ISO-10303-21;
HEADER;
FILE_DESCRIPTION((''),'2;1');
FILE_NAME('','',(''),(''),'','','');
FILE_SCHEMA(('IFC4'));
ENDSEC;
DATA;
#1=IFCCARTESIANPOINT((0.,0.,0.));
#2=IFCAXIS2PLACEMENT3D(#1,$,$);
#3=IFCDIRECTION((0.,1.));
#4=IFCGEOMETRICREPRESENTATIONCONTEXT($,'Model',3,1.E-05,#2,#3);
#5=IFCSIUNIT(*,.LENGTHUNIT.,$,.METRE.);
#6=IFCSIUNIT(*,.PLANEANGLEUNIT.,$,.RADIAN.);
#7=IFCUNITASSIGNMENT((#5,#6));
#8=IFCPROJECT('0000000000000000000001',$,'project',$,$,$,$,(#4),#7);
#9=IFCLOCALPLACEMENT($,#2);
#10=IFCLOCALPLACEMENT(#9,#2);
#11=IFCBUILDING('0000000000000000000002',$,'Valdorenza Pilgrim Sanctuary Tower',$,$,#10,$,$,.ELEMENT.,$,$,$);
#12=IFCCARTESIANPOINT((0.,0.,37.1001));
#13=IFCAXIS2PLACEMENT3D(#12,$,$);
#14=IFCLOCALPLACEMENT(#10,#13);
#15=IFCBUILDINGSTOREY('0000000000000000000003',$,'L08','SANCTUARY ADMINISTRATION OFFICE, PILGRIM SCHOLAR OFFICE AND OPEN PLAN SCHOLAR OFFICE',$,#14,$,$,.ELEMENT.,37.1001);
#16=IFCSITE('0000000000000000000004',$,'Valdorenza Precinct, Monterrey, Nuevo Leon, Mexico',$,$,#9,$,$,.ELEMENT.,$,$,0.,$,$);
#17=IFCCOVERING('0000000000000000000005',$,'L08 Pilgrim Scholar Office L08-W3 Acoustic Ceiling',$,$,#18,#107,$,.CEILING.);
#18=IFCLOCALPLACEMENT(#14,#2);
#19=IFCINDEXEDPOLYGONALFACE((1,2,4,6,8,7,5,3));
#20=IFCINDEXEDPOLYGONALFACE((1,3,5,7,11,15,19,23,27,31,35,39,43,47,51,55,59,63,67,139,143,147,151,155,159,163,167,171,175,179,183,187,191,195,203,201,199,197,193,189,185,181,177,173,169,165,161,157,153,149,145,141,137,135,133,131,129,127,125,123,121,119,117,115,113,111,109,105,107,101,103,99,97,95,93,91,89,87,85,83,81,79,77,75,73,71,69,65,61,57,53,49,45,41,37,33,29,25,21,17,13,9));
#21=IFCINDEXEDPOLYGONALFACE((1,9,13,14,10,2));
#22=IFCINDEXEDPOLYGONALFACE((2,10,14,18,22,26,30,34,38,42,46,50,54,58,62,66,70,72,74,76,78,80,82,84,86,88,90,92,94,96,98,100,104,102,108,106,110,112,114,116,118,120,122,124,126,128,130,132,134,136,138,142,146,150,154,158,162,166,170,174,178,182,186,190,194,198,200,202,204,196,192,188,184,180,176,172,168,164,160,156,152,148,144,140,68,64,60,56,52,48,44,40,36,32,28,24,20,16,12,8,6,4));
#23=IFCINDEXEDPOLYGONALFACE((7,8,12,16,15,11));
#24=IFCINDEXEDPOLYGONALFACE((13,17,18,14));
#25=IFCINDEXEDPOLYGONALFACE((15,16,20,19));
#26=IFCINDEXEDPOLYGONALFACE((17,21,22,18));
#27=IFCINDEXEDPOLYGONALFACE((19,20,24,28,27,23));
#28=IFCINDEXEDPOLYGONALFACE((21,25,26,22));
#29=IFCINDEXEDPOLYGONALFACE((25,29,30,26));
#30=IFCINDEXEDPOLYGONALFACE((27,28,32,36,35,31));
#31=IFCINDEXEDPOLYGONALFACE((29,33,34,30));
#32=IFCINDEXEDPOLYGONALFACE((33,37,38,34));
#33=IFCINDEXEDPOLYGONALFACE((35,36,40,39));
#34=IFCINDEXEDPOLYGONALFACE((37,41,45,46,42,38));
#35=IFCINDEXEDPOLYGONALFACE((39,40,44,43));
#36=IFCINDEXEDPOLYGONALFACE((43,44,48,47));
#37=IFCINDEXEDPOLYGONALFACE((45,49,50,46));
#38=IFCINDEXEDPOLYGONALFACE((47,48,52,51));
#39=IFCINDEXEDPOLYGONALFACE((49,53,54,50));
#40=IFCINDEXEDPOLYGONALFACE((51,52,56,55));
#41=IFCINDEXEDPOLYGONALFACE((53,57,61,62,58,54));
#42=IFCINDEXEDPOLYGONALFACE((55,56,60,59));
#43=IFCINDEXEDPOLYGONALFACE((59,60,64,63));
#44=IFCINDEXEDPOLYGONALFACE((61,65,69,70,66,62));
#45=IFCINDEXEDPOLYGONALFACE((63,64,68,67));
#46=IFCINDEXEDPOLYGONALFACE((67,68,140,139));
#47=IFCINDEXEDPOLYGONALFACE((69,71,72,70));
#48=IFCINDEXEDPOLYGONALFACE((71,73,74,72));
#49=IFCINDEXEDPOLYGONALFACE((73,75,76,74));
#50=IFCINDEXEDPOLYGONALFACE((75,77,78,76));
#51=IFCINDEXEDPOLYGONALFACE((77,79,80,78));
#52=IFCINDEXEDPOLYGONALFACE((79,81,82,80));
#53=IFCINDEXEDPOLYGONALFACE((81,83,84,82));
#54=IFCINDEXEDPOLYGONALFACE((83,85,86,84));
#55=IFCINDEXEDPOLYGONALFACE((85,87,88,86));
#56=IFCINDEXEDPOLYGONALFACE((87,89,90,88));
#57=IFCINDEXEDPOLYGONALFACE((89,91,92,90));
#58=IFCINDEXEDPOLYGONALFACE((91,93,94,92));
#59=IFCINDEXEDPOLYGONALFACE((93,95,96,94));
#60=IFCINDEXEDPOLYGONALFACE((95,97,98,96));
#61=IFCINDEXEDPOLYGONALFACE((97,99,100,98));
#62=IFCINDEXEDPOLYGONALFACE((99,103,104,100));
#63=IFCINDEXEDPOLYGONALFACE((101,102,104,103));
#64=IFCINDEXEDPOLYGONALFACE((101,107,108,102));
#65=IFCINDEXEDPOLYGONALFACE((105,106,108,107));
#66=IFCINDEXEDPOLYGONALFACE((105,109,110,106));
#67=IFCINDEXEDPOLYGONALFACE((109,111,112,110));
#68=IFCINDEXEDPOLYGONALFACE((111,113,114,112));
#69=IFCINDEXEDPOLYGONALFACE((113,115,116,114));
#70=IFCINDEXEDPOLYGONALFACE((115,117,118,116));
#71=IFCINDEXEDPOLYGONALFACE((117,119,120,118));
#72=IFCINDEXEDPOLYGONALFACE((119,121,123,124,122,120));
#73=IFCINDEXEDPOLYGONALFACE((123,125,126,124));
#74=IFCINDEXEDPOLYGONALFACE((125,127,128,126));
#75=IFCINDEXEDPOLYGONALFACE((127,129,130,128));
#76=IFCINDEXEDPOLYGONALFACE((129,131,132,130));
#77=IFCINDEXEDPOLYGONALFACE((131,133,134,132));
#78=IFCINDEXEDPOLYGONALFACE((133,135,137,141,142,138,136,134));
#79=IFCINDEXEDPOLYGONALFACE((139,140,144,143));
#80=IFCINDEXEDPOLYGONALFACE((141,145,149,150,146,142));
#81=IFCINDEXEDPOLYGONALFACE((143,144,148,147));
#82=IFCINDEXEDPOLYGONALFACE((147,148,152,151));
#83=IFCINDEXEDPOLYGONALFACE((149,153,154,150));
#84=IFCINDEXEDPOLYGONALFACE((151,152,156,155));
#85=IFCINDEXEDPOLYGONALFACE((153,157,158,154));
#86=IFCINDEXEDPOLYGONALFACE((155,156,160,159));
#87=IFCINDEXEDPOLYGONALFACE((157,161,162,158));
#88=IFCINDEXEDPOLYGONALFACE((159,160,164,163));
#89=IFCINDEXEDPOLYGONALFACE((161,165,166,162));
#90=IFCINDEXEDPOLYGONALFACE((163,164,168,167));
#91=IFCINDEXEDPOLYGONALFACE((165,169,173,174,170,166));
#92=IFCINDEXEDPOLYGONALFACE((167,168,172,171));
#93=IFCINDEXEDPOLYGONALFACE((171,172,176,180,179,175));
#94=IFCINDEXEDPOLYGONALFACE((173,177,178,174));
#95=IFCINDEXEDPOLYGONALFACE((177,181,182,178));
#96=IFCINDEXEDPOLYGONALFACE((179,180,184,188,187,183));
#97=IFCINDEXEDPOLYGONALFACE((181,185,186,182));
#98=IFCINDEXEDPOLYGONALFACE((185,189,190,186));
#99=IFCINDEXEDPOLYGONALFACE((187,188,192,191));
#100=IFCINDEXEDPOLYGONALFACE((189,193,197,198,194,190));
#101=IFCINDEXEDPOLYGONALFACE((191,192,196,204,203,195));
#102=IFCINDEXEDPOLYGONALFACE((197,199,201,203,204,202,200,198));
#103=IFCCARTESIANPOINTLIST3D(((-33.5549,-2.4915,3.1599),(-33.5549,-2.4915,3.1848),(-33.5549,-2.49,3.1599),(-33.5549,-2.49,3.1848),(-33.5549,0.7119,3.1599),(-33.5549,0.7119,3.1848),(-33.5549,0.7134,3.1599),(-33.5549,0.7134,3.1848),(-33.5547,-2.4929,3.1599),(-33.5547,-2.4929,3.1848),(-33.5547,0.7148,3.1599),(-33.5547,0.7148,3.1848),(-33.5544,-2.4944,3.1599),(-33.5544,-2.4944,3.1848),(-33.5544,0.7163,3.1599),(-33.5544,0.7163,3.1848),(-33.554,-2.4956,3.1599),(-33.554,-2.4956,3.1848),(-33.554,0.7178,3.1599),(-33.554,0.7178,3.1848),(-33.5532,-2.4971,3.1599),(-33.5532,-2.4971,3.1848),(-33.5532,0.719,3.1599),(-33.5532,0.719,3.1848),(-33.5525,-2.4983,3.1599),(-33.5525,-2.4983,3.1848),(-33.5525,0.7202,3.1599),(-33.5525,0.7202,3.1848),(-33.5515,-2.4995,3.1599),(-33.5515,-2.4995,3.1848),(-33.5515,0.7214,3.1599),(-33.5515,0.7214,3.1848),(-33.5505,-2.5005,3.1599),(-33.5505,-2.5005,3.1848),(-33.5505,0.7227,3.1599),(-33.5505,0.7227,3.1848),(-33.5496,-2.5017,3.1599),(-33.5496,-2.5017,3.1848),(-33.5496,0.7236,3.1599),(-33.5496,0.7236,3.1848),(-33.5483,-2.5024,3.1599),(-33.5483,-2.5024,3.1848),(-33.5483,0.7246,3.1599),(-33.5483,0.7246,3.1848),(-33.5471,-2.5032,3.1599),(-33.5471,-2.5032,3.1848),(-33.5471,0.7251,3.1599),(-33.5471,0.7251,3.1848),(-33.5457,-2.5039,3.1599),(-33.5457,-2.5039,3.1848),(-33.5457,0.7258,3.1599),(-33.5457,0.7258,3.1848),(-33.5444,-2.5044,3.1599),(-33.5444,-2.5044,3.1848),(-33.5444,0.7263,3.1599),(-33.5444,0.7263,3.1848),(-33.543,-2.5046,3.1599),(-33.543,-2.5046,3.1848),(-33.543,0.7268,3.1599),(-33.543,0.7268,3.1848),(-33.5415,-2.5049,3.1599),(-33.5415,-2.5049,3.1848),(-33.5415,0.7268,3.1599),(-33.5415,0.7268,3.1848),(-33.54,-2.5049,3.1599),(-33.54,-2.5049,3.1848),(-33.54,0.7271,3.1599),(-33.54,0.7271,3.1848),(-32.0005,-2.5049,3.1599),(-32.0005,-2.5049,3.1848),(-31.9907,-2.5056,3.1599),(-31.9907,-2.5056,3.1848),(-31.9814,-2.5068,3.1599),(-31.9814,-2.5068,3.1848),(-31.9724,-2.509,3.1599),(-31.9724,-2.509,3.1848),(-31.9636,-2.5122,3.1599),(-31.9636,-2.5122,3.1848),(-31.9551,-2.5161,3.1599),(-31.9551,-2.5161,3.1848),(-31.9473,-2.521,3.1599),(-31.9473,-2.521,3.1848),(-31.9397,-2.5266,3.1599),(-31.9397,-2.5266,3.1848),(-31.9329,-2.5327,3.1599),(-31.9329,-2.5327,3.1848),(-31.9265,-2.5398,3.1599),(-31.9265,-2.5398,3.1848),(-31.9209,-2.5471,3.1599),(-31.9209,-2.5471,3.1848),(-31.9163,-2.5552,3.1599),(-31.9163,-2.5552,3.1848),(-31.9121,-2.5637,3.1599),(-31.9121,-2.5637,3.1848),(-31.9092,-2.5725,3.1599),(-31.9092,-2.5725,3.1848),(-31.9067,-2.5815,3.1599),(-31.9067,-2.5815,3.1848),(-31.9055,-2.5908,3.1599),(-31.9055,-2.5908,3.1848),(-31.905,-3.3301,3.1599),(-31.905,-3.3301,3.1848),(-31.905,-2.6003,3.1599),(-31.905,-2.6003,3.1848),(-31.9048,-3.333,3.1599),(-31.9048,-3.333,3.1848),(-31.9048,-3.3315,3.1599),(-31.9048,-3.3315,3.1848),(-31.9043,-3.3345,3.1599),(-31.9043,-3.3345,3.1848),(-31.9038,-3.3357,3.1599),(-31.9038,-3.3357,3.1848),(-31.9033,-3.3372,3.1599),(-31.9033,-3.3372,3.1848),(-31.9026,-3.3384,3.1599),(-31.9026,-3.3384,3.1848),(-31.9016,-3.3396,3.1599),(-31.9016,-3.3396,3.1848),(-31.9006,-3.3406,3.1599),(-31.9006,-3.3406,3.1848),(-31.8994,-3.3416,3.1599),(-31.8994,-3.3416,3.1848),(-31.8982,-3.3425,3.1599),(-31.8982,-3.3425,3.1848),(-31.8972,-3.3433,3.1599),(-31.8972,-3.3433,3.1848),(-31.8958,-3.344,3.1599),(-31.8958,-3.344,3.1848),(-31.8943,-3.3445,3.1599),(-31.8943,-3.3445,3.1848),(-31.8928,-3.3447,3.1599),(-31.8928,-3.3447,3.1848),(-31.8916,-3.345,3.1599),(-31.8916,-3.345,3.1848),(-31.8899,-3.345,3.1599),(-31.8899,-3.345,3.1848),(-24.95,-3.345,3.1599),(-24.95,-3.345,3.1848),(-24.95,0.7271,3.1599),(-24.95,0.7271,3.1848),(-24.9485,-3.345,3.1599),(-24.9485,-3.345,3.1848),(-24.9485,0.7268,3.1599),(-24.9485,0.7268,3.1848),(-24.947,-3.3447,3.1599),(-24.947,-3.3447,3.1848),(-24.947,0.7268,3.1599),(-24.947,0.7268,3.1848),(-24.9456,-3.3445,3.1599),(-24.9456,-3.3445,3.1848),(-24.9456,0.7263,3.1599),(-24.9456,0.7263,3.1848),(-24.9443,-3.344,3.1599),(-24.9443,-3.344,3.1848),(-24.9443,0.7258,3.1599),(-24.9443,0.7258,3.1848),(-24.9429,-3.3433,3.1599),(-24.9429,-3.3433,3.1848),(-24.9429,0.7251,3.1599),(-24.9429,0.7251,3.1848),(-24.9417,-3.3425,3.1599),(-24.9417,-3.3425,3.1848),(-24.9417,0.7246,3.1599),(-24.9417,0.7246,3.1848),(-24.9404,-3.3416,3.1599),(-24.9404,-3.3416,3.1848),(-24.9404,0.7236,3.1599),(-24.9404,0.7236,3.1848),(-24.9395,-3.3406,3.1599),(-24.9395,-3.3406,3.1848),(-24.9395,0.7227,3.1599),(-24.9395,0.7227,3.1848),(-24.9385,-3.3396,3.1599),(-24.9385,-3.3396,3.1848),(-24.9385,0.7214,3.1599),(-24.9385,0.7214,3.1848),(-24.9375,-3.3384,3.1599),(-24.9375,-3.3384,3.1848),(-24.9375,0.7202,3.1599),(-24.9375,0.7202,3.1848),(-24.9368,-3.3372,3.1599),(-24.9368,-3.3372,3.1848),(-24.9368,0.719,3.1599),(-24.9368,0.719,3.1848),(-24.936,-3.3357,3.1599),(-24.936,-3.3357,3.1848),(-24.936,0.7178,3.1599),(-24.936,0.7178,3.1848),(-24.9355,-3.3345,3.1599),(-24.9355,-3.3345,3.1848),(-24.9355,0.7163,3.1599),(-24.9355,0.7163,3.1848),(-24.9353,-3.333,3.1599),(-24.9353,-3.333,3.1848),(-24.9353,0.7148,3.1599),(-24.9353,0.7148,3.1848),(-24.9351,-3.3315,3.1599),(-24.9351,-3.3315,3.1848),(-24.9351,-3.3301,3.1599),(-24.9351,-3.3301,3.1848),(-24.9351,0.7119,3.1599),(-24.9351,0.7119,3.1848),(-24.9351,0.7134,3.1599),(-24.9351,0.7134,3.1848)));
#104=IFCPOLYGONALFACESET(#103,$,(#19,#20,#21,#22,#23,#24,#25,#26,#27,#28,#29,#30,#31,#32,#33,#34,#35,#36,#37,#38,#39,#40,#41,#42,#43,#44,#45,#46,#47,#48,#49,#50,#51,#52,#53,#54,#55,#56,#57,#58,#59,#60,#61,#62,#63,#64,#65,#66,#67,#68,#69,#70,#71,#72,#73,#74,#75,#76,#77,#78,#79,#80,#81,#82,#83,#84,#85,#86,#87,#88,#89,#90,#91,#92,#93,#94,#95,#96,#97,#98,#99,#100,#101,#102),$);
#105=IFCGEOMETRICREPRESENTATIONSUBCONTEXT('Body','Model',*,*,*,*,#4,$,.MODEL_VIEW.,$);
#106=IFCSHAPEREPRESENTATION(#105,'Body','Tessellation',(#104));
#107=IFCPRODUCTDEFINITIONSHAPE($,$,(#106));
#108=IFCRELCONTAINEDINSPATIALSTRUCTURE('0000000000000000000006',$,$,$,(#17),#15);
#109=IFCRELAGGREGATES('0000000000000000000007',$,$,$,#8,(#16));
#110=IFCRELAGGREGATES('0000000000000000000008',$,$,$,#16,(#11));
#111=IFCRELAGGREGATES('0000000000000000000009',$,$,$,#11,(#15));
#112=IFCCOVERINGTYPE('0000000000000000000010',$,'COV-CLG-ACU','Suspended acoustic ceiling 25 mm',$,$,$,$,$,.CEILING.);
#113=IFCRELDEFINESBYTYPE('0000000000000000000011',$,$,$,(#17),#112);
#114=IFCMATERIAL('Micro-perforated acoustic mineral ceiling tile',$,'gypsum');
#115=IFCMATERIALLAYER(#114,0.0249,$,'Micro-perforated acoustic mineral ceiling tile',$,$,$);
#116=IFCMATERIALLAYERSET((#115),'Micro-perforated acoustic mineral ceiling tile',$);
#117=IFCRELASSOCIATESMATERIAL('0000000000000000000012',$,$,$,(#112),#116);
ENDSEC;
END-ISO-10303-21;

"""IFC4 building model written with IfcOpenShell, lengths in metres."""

from ifc_helpers import new_model, si_unit, direction, frame, origin, place, context, subcontext, project, spatial, polyline, outline, extrude, material, layer, layer_set, type_object, element, save


model = new_model("IFC4")

# Units and contexts
model_context = context("Model", 3, precision=1e-05, world=origin(), true_north=direction((0.0, 1.0)))
body_context = subcontext(model_context, "Body", "Model", "MODEL_VIEW")
ifc_project = project(units=[si_unit("LENGTHUNIT", "METRE"), si_unit("PLANEANGLEUNIT", "RADIAN")], contexts=[model_context])

# Site, building, storey
site_placement = place(None, origin())
site = spatial("IfcSite", under=ifc_project, at=site_placement, Name="Valdorenza Precinct, Monterrey, Nuevo Leon, Mexico", CompositionType="ELEMENT", RefElevation=0.0)
building_placement = place(site_placement, origin())
building = spatial("IfcBuilding", under=site, at=building_placement, Name="Valdorenza Pilgrim Sanctuary Tower", CompositionType="ELEMENT")
storey_placement = place(building_placement, frame((0.0, 0.0, 37.1001)))
storey = spatial("IfcBuildingStorey", under=building, at=storey_placement, Name="L08", Description="SANCTUARY ADMINISTRATION OFFICE, PILGRIM SCHOLAR OFFICE AND OPEN PLAN SCHOLAR OFFICE", CompositionType="ELEMENT", Elevation=37.1001)

# Covering
ifc_material_1 = material(Name="Micro-perforated acoustic mineral ceiling tile", Category="gypsum")
ifc_layer_1 = layer(ifc_material_1, 0.0249, Name="Micro-perforated acoustic mineral ceiling tile")
ifc_layer_set_1 = layer_set([ifc_layer_1], Name="Micro-perforated acoustic mineral ceiling tile")
covering_type_1 = type_object("IfcCoveringType", Name="COV-CLG-ACU", Description="Suspended acoustic ceiling 25 mm", PredefinedType="CEILING", material=ifc_layer_set_1)
covering_1_placement = place(storey_placement, frame((0.0, 0.0, 3.1599)))
element("IfcCovering", 1, at=covering_1_placement, inside=storey, type_object=covering_type_1, Name="L08 Pilgrim Scholar Office L08-W3 Acoustic Ceiling", PredefinedType="CEILING", context=body_context, shape_type="SweptSolid", body=[
    extrude(outline(polyline([(-24.9351, -3.3301), (-24.9351, -3.3315), (-24.9353, -3.333), (-24.9355, -3.3345), (-24.936, -3.3357), (-24.9368, -3.3372), (-24.9375, -3.3384), (-24.9385, -3.3396), (-24.9395, -3.3406), (-24.9404, -3.3416), (-24.9417, -3.3425), (-24.9429, -3.3433), (-24.9443, -3.344), (-24.9456, -3.3445), (-24.947, -3.3447), (-24.9485, -3.345), (-24.95, -3.345), (-31.8899, -3.345), (-31.8916, -3.345), (-31.8928, -3.3447), (-31.8943, -3.3445), (-31.8958, -3.344), (-31.8972, -3.3433), (-31.8982, -3.3425), (-31.8994, -3.3416), (-31.9006, -3.3406), (-31.9016, -3.3396), (-31.9026, -3.3384), (-31.9033, -3.3372), (-31.9038, -3.3357), (-31.9043, -3.3345), (-31.9048, -3.333), (-31.9048, -3.3315), (-31.905, -3.3301), (-31.905, -2.6003), (-31.9055, -2.5908), (-31.9067, -2.5815), (-31.9092, -2.5725), (-31.9121, -2.5637), (-31.9163, -2.5552), (-31.9209, -2.5471), (-31.9265, -2.5398), (-31.9329, -2.5327), (-31.9397, -2.5266), (-31.9473, -2.521), (-31.9551, -2.5161), (-31.9636, -2.5122), (-31.9724, -2.509), (-31.9814, -2.5068), (-31.9907, -2.5056), (-32.0005, -2.5049), (-33.54, -2.5049), (-33.5415, -2.5049), (-33.543, -2.5046), (-33.5444, -2.5044), (-33.5457, -2.5039), (-33.5471, -2.5032), (-33.5483, -2.5024), (-33.5496, -2.5017), (-33.5505, -2.5005), (-33.5515, -2.4995), (-33.5525, -2.4983), (-33.5532, -2.4971), (-33.554, -2.4956), (-33.5544, -2.4944), (-33.5547, -2.4929), (-33.5549, -2.4915), (-33.5549, -2.49), (-33.5549, 0.7119), (-33.5549, 0.7134), (-33.5547, 0.7148), (-33.5544, 0.7163), (-33.554, 0.7178), (-33.5532, 0.719), (-33.5525, 0.7202), (-33.5515, 0.7214), (-33.5505, 0.7227), (-33.5496, 0.7236), (-33.5483, 0.7246), (-33.5471, 0.7251), (-33.5457, 0.7258), (-33.5444, 0.7263), (-33.543, 0.7268), (-33.5415, 0.7268), (-33.54, 0.7271), (-24.95, 0.7271), (-24.9485, 0.7268), (-24.947, 0.7268), (-24.9456, 0.7263), (-24.9443, 0.7258), (-24.9429, 0.7251), (-24.9417, 0.7246), (-24.9404, 0.7236), (-24.9395, 0.7227), (-24.9385, 0.7214), (-24.9375, 0.7202), (-24.9368, 0.719), (-24.936, 0.7178), (-24.9355, 0.7163), (-24.9353, 0.7148), (-24.9351, 0.7134), (-24.9351, 0.7119), (-24.9351, -3.3301)])), origin(), (0.0, 0.0, 1.0), 0.0249),
])

save(model, "model.ifc")
